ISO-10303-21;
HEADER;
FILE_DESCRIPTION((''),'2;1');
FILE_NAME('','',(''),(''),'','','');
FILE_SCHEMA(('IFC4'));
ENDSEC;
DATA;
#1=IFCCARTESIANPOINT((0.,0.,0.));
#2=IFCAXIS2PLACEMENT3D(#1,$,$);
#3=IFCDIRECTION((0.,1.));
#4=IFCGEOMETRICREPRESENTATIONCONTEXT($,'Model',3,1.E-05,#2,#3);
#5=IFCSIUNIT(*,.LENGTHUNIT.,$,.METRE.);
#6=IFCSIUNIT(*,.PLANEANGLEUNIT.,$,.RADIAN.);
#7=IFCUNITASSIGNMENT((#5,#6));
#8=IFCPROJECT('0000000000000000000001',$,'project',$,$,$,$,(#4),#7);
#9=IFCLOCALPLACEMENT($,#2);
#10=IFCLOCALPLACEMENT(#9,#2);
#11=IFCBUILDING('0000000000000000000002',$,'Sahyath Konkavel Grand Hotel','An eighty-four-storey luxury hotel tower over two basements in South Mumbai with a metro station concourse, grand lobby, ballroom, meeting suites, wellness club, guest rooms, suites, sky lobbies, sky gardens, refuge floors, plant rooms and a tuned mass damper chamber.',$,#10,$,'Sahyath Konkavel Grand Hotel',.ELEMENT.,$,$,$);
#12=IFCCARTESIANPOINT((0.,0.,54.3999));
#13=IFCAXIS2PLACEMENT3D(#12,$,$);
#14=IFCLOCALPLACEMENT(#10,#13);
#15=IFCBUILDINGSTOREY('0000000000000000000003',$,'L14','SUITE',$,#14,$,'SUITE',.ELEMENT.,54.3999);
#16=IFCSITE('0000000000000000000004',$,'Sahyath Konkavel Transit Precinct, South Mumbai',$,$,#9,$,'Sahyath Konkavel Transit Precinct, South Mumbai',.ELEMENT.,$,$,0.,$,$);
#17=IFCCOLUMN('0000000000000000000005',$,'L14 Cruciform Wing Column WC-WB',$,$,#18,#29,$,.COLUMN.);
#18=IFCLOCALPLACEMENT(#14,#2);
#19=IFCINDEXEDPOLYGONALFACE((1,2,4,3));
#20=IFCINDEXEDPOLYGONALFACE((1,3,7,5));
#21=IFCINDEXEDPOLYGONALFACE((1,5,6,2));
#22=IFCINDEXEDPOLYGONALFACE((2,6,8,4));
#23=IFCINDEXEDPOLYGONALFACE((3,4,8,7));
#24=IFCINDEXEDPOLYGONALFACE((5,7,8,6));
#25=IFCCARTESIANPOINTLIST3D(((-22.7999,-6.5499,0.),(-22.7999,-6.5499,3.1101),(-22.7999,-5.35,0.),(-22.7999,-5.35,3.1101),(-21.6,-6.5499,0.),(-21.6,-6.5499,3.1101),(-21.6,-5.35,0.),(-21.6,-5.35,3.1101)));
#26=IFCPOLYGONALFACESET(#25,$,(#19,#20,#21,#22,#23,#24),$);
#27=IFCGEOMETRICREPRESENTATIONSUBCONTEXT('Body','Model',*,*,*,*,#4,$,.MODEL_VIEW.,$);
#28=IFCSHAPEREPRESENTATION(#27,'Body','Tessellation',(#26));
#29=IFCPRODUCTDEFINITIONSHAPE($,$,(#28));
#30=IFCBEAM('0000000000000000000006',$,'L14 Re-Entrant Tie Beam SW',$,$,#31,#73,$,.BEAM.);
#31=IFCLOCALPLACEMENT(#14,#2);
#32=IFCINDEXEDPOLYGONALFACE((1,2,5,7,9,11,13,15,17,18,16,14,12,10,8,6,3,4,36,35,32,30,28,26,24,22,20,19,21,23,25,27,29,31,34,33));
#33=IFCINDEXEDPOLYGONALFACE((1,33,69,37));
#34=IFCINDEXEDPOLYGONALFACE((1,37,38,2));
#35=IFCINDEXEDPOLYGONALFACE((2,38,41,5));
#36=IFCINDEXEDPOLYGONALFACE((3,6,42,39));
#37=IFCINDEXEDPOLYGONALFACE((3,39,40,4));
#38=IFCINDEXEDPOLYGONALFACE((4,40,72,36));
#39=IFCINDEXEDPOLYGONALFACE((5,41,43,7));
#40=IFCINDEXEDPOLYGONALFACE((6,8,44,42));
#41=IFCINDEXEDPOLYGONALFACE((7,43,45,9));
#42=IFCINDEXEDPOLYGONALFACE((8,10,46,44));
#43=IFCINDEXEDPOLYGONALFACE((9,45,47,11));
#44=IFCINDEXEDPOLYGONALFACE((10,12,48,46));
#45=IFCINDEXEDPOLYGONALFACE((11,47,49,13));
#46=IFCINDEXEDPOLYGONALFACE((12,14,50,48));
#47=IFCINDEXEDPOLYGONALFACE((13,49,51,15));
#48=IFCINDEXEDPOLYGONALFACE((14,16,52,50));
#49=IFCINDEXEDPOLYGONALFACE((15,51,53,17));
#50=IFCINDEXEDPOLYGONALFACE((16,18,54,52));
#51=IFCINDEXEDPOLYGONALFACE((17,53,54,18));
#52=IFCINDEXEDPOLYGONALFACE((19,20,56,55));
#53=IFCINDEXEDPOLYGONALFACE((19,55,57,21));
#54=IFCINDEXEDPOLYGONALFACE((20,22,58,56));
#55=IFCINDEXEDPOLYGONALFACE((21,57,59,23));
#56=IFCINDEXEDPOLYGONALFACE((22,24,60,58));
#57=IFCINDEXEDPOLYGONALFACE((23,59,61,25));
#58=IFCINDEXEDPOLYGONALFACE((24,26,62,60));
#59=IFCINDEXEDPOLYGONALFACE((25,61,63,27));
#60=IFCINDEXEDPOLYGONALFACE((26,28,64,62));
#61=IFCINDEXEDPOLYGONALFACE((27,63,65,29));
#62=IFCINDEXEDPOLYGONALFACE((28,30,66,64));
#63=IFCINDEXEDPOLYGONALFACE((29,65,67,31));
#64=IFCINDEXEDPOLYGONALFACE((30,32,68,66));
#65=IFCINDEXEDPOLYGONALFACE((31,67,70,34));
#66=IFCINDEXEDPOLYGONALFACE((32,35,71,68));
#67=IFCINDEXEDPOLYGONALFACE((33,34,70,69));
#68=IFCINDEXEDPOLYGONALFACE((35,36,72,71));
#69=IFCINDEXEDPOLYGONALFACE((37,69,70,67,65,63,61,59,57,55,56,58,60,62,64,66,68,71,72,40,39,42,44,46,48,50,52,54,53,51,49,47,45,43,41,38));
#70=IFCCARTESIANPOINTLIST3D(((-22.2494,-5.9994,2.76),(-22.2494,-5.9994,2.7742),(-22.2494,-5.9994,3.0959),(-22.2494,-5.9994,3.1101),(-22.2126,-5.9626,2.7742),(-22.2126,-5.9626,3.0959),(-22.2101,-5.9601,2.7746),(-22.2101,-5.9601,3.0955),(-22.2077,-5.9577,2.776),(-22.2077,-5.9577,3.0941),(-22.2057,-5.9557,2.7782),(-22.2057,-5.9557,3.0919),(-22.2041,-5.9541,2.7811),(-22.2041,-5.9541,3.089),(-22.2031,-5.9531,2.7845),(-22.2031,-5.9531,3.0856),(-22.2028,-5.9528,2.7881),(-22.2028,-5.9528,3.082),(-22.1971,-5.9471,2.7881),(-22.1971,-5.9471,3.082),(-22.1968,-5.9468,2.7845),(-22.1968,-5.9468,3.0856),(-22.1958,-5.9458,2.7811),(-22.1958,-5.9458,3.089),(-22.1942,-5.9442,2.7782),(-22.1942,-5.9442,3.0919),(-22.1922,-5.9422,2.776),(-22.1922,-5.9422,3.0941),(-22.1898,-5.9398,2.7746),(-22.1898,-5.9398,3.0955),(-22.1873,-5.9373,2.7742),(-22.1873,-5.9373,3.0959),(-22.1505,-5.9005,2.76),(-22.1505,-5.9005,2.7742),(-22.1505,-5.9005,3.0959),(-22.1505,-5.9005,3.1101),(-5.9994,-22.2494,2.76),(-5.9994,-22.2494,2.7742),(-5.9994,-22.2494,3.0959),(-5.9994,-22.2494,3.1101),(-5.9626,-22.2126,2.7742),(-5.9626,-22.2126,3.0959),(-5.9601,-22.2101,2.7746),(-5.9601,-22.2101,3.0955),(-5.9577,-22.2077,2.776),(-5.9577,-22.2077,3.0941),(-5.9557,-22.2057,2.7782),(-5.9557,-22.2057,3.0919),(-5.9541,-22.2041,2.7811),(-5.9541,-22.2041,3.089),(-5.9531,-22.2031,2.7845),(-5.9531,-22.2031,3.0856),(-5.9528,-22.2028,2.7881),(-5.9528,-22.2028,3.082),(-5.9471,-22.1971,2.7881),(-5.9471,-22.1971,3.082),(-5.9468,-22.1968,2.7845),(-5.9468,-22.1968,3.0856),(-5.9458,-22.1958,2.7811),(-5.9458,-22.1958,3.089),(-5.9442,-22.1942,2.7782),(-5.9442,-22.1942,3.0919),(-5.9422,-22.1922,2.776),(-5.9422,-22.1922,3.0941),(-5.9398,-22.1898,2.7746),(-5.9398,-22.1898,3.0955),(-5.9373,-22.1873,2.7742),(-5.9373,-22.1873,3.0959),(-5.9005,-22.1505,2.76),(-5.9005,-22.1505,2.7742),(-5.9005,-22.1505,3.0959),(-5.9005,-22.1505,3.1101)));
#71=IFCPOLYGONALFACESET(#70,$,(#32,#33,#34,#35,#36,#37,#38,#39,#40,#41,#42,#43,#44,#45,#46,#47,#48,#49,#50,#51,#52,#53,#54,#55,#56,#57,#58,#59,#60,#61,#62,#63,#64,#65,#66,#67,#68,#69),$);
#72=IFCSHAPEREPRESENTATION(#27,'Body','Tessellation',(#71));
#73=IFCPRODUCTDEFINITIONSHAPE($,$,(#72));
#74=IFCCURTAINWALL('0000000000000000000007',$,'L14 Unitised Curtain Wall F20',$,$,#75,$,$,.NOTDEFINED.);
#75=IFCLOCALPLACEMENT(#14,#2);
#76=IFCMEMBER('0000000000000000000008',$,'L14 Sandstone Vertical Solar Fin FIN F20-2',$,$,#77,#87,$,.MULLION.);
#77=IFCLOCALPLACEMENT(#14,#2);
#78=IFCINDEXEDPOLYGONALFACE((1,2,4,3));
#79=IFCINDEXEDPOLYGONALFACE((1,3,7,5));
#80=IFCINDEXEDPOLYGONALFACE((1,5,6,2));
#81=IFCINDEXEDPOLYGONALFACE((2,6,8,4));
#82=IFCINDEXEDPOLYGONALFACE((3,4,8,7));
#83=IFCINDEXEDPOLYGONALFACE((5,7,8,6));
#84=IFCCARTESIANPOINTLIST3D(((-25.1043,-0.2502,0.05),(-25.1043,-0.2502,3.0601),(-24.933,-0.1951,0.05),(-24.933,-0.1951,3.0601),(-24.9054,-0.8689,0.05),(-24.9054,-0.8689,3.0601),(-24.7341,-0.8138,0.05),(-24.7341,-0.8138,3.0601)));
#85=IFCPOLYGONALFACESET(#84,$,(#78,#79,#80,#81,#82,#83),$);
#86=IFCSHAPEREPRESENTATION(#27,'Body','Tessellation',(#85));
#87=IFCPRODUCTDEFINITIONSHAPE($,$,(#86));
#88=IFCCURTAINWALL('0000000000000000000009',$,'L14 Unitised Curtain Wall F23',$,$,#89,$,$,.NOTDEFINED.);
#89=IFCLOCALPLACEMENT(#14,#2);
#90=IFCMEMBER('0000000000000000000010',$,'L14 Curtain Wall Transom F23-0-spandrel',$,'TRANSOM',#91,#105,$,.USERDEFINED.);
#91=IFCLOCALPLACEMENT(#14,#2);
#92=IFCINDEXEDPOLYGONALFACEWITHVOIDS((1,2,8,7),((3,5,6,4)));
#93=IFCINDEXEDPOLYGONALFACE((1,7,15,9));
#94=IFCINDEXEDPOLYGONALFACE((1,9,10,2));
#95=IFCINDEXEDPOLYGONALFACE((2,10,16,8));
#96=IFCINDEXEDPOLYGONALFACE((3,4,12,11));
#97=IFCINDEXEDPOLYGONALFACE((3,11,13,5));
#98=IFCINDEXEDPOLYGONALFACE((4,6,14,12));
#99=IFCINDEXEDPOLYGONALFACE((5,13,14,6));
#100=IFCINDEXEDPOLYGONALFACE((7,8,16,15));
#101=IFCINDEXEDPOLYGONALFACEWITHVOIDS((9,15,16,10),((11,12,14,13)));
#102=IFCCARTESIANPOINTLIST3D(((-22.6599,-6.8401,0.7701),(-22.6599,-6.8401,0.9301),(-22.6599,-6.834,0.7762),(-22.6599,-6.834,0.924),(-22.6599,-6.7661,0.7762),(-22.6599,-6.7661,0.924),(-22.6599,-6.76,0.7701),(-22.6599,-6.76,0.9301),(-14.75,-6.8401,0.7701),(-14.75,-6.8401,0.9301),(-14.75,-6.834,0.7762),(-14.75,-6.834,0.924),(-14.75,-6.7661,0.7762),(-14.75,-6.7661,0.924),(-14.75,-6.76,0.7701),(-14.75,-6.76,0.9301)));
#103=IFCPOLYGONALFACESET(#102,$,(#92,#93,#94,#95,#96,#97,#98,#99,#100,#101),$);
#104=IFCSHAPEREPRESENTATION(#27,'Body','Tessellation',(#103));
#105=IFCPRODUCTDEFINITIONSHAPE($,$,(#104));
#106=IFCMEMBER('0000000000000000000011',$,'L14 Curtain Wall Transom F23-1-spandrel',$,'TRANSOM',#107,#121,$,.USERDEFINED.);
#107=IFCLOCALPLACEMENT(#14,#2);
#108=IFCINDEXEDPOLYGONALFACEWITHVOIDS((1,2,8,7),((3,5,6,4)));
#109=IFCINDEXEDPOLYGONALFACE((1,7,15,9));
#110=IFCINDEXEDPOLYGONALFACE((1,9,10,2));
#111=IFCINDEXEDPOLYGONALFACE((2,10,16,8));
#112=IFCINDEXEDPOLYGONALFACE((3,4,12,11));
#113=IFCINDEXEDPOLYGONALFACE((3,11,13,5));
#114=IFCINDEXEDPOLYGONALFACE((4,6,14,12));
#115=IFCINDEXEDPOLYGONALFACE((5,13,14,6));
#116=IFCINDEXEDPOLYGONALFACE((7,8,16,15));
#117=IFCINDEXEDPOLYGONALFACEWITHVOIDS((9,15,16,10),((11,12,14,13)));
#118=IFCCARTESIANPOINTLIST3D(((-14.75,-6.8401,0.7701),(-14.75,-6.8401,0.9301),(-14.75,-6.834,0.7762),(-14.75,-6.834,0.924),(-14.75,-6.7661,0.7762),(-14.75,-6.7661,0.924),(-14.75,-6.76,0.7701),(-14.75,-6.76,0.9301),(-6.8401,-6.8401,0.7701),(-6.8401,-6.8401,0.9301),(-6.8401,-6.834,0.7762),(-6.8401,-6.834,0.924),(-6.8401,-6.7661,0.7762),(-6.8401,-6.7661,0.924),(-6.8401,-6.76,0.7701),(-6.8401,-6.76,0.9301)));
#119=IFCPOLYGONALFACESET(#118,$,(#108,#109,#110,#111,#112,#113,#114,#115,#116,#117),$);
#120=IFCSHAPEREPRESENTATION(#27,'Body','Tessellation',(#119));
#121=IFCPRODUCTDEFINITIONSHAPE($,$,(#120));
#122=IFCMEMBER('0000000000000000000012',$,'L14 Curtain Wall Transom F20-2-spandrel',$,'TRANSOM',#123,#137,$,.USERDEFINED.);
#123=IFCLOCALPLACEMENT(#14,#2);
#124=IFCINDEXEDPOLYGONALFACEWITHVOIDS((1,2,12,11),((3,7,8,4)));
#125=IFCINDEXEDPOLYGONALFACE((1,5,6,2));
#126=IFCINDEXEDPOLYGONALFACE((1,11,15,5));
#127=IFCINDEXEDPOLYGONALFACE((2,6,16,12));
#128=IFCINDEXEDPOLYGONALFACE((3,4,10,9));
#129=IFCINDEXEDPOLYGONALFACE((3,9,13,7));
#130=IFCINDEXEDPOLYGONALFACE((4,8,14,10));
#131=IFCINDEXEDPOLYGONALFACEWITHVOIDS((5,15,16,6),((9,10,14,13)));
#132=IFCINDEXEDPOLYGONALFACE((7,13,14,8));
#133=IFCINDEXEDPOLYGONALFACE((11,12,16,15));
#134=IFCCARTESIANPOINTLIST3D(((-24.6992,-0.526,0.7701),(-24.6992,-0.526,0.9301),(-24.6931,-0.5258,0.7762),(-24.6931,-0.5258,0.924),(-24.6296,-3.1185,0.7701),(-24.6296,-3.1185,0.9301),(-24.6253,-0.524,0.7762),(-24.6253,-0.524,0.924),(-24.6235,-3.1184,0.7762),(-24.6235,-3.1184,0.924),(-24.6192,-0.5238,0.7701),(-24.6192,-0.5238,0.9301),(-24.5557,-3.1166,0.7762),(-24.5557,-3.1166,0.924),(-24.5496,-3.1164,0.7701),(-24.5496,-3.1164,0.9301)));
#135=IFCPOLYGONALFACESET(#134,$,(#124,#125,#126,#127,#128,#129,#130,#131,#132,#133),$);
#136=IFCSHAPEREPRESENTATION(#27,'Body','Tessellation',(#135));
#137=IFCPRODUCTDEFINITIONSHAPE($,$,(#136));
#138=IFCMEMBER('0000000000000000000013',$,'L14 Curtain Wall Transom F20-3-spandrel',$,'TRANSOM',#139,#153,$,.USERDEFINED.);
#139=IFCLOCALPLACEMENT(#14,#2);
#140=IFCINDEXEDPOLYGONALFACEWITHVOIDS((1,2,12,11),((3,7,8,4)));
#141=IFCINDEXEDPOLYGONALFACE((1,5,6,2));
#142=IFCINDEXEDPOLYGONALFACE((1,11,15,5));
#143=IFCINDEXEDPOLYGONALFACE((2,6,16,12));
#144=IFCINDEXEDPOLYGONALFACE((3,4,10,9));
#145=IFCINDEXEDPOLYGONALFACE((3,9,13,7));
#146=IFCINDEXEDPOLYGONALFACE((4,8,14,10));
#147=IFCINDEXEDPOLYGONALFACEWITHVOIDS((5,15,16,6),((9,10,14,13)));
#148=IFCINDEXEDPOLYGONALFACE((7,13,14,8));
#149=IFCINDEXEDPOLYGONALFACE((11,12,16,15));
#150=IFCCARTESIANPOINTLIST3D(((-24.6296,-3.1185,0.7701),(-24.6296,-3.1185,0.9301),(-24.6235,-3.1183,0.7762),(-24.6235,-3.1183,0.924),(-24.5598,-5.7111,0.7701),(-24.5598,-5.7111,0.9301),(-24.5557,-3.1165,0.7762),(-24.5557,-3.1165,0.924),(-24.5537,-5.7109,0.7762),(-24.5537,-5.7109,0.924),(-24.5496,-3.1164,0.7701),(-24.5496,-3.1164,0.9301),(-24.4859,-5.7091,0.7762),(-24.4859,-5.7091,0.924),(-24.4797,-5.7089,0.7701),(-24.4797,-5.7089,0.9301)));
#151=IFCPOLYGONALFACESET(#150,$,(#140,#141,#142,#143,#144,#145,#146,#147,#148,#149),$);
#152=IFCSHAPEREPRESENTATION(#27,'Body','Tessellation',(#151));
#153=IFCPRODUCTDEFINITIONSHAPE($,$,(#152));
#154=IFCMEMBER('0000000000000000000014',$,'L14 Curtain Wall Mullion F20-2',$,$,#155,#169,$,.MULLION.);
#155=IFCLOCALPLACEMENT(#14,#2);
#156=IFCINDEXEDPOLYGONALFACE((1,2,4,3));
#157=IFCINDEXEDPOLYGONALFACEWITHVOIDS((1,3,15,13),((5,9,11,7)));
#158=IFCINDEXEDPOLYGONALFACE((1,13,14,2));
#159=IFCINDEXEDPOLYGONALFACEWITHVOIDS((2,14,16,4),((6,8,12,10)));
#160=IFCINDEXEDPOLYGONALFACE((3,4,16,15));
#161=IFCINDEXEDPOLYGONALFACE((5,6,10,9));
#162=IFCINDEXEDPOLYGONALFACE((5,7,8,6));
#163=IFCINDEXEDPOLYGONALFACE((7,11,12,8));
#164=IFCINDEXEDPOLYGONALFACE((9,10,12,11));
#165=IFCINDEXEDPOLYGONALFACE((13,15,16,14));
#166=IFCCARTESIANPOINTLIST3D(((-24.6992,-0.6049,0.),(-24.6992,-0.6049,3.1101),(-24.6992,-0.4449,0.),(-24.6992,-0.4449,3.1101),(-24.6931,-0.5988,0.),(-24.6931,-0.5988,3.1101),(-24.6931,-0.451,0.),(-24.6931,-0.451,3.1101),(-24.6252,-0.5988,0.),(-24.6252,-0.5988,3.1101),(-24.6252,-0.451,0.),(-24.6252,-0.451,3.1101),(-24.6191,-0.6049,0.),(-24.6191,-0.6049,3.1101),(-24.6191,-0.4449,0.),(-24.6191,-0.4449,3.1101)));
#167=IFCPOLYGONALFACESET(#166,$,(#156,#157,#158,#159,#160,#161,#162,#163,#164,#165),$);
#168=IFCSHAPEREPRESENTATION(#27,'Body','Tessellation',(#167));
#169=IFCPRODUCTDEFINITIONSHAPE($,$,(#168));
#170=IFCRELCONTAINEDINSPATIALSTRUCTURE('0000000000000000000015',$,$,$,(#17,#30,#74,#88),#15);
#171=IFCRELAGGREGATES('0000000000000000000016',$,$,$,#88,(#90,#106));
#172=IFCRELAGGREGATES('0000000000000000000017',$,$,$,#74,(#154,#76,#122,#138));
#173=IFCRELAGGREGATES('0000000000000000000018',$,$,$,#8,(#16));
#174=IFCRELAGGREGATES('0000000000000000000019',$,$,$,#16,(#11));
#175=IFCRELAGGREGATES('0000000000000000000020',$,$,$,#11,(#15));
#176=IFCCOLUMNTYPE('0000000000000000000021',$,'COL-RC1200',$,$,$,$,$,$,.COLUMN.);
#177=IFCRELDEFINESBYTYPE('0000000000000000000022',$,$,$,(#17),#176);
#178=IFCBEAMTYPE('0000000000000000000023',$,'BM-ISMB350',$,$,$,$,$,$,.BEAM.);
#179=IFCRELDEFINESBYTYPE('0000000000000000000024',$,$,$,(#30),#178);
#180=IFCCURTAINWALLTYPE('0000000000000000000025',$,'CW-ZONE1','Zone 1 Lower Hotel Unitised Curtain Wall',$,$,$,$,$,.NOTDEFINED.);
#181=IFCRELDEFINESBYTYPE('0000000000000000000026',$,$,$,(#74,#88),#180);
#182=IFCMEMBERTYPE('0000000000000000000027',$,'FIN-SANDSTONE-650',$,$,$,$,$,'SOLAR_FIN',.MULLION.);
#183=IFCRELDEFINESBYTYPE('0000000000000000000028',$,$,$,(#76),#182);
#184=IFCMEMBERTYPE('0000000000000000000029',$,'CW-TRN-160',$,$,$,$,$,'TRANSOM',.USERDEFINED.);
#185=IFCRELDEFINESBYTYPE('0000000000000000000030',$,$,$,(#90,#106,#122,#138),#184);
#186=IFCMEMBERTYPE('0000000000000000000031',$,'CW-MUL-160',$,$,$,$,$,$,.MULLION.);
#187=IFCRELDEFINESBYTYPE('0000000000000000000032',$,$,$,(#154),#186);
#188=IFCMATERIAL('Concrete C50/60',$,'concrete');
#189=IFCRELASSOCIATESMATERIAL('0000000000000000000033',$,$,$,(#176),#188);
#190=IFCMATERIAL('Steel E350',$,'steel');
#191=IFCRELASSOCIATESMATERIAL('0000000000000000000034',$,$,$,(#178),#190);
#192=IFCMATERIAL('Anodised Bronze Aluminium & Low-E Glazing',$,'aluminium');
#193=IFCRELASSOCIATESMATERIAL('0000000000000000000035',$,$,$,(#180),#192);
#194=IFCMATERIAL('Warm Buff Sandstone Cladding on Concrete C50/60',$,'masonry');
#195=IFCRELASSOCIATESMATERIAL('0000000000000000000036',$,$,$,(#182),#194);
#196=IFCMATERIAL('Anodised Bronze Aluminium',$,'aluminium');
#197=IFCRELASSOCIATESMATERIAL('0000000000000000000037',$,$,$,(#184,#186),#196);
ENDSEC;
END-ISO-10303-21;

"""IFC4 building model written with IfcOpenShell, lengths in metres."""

from ifc_helpers import new_model, si_unit, direction, frame, origin, origin_2d, place, context, subcontext, project, spatial, rectangle, hollow_rectangle, i_section, extrude, source, transform, mapped, material, material_profile, profile_set, type_object, element, aggregate, save


model = new_model("IFC4")

# Units and contexts
model_context = context("Model", 3, precision=1e-05, world=origin(), true_north=direction((0.0, 1.0)))
body_context = subcontext(model_context, "Body", "Model", "MODEL_VIEW")
ifc_project = project(units=[si_unit("LENGTHUNIT", "METRE"), si_unit("PLANEANGLEUNIT", "RADIAN")], contexts=[model_context])

# Site, building, storey
site_placement = place(None, origin())
site = spatial("IfcSite", under=ifc_project, at=site_placement, Name="Sahyath Konkavel Transit Precinct, South Mumbai", LongName="Sahyath Konkavel Transit Precinct, South Mumbai", CompositionType="ELEMENT", RefElevation=0.0)
building_placement = place(site_placement, origin())
building = spatial("IfcBuilding", under=site, at=building_placement, Name="Sahyath Konkavel Grand Hotel", Description="An eighty-four-storey luxury hotel tower over two basements in South Mumbai with a metro station concourse, grand lobby, ballroom, meeting suites, wellness club, guest rooms, suites, sky lobbies, sky gardens, refuge floors, plant rooms and a tuned mass damper chamber.", LongName="Sahyath Konkavel Grand Hotel", CompositionType="ELEMENT")
storey_placement = place(building_placement, frame((0.0, 0.0, 54.3999)))
storey = spatial("IfcBuildingStorey", under=building, at=storey_placement, Name="L14", Description="SUITE", LongName="SUITE", CompositionType="ELEMENT", Elevation=54.3999)

# Column
ifc_material_1 = material(Name="Concrete C50/60", Category="concrete")
ifc_material_profile_1 = material_profile(ifc_material_1, rectangle(XDim=1.2, YDim=1.2, at=origin_2d()), Name="RC 1200x1200")
ifc_profile_set_1 = profile_set([ifc_material_profile_1], Name="Concrete C50/60")
column_type = type_object("IfcColumnType", Name="COL-RC1200", PredefinedType="COLUMN", material=ifc_profile_set_1)
shared_shape_1 = source(origin(), body_context, "Body", "SweptSolid", [
    extrude(rectangle(XDim=1.2, YDim=1.2, at=origin_2d()), origin(), (0.0, 0.0, 1.0), 3.1101),
])
column_placement = place(storey_placement, frame((-22.2, -5.95, 0.0), z_axis=(0.0, 0.0, 1.0), x_axis=(1.0, 0.0, 0.0)))
element("IfcColumn", 1, at=column_placement, inside=storey, type_object=column_type, Name="L14 Cruciform Wing Column WC-WB", PredefinedType="COLUMN", context=body_context, shape_type="MappedRepresentation", body=[
    mapped(shared_shape_1, transform((0.0, 0.0, 0.0), scale=1.0)),
])

# Beam
ifc_material_2 = material(Name="Steel E350", Category="steel")
ifc_material_profile_2 = material_profile(ifc_material_2, i_section(OverallWidth=0.1399, OverallDepth=0.3501, WebThickness=0.0081, FlangeThickness=0.0142, FilletRadius=0.0139, at=origin_2d()), Name="ISMB 350")
ifc_profile_set_2 = profile_set([ifc_material_profile_2], Name="Steel E350")
beam_type = type_object("IfcBeamType", Name="BM-ISMB350", PredefinedType="BEAM", material=ifc_profile_set_2)
shared_shape_2 = source(origin(), body_context, "Body", "SweptSolid", [
    extrude(i_section(OverallWidth=0.1399, OverallDepth=0.3501, WebThickness=0.0081, FlangeThickness=0.0142, FilletRadius=0.0139, at=origin_2d()), origin(), (0.0, 0.0, 1.0), 22.981),
])
beam_placement = place(storey_placement, frame((-22.2, -5.95, 2.9351), z_axis=(0.707107, -0.707107, 0.0), x_axis=(0.707107, 0.707107, 0.0)))
element("IfcBeam", 2, at=beam_placement, inside=storey, type_object=beam_type, Name="L14 Re-Entrant Tie Beam SW", PredefinedType="BEAM", context=body_context, shape_type="MappedRepresentation", body=[
    mapped(shared_shape_2, transform((0.0, 0.0, 0.0), scale=1.0)),
])

# Curtain wall, member
ifc_material_3 = material(Name="Anodised Bronze Aluminium & Low-E Glazing", Category="aluminium")
curtain_wall_type = type_object("IfcCurtainWallType", Name="CW-ZONE1", Description="Zone 1 Lower Hotel Unitised Curtain Wall", PredefinedType="NOTDEFINED", material=ifc_material_3)
curtain_wall_1_placement = place(storey_placement, origin())
curtain_wall_1 = element("IfcCurtainWall", 3, at=curtain_wall_1_placement, inside=storey, type_object=curtain_wall_type, Name="L14 Unitised Curtain Wall F20", PredefinedType="NOTDEFINED")
ifc_material_4 = material(Name="Warm Buff Sandstone Cladding on Concrete C50/60", Category="masonry")
ifc_material_profile_3 = material_profile(ifc_material_4, rectangle(XDim=0.1799, YDim=0.6499, at=origin_2d()), Name="FIN 180x650")
ifc_profile_set_3 = profile_set([ifc_material_profile_3], Name="Warm Buff Sandstone Cladding on Concrete C50/60")
member_type_1 = type_object("IfcMemberType", Name="FIN-SANDSTONE-650", ElementType="SOLAR_FIN", PredefinedType="MULLION", material=ifc_profile_set_3)
shared_shape_3 = source(origin(), body_context, "Body", "SweptSolid", [
    extrude(rectangle(XDim=0.1799, YDim=0.6499, at=origin_2d()), origin(), (0.0, 0.0, 1.0), 3.01),
])
member_1_placement = place(storey_placement, frame((-24.9192, -0.532, 0.05), z_axis=(0.0, 0.0, 1.0), x_axis=(0.952023, 0.306028, 0.0)))
member_1 = element("IfcMember", 4, at=member_1_placement, type_object=member_type_1, Name="L14 Sandstone Vertical Solar Fin FIN F20-2", PredefinedType="MULLION", context=body_context, shape_type="MappedRepresentation", body=[
    mapped(shared_shape_3, transform((0.0, 0.0, 0.0), scale=1.0)),
])

# Curtain wall, members
curtain_wall_2_placement = place(storey_placement, origin())
curtain_wall_2 = element("IfcCurtainWall", 5, at=curtain_wall_2_placement, inside=storey, type_object=curtain_wall_type, Name="L14 Unitised Curtain Wall F23", PredefinedType="NOTDEFINED")
ifc_material_5 = material(Name="Anodised Bronze Aluminium", Category="aluminium")
ifc_material_profile_4 = material_profile(ifc_material_5, hollow_rectangle(XDim=0.0801, YDim=0.1599, WallThickness=0.0061, at=origin_2d()), Name="RHS 160x80x6")
ifc_profile_set_4 = profile_set([ifc_material_profile_4], Name="Anodised Bronze Aluminium")
member_type_2 = type_object("IfcMemberType", Name="CW-TRN-160", ElementType="TRANSOM", PredefinedType="USERDEFINED", material=ifc_profile_set_4)
shared_shape_4 = source(origin(), body_context, "Body", "SweptSolid", [
    extrude(hollow_rectangle(XDim=0.0801, YDim=0.1599, WallThickness=0.0061, at=origin_2d()), origin(), (0.0, 0.0, 1.0), 7.9099),
])
member_2_placement = place(storey_placement, frame((-22.6599, -6.8, 0.8501), z_axis=(1.0, 0.0, 0.0), x_axis=(0.0, 1.0, 0.0)))
member_2 = element("IfcMember", 6, at=member_2_placement, type_object=member_type_2, Name="L14 Curtain Wall Transom F23-0-spandrel", ObjectType="TRANSOM", PredefinedType="USERDEFINED", context=body_context, shape_type="MappedRepresentation", body=[
    mapped(shared_shape_4, transform((0.0, 0.0, 0.0), scale=1.0)),
])
member_3_placement = place(storey_placement, frame((-14.75, -6.8, 0.8501), z_axis=(1.0, 0.0, 0.0), x_axis=(0.0, 1.0, 0.0)))
member_3 = element("IfcMember", 7, at=member_3_placement, type_object=member_type_2, Name="L14 Curtain Wall Transom F23-1-spandrel", ObjectType="TRANSOM", PredefinedType="USERDEFINED", context=body_context, shape_type="MappedRepresentation", body=[
    mapped(shared_shape_4, transform((0.0, 0.0, 0.0), scale=1.0)),
])

# Members
shared_shape_5 = source(origin(), body_context, "Body", "SweptSolid", [
    extrude(hollow_rectangle(XDim=0.0801, YDim=0.1599, WallThickness=0.0061, at=origin_2d()), origin(), (0.0, 0.0, 1.0), 2.5935),
])
member_4_placement = place(storey_placement, frame((-24.6592, -0.5249, 0.8501), z_axis=(0.026829, -0.99964, 0.0), x_axis=(0.99964, 0.026829, 0.0)))
member_4 = element("IfcMember", 8, at=member_4_placement, type_object=member_type_2, Name="L14 Curtain Wall Transom F20-2-spandrel", ObjectType="TRANSOM", PredefinedType="USERDEFINED", context=body_context, shape_type="MappedRepresentation", body=[
    mapped(shared_shape_5, transform((0.0, 0.0, 0.0), scale=1.0)),
])
member_5_placement = place(storey_placement, frame((-24.5896, -3.1174, 0.8501), z_axis=(0.026923, -0.999638, 0.0), x_axis=(0.999638, 0.026923, 0.0)))
member_5 = element("IfcMember", 9, at=member_5_placement, type_object=member_type_2, Name="L14 Curtain Wall Transom F20-3-spandrel", ObjectType="TRANSOM", PredefinedType="USERDEFINED", context=body_context, shape_type="MappedRepresentation", body=[
    mapped(shared_shape_5, transform((0.0, 0.0, 0.0), scale=1.0)),
])
ifc_material_profile_5 = material_profile(ifc_material_5, hollow_rectangle(XDim=0.0801, YDim=0.1599, WallThickness=0.0061, at=origin_2d()), Name="RHS 160x80x6")
ifc_profile_set_5 = profile_set([ifc_material_profile_5], Name="Anodised Bronze Aluminium")
member_type_3 = type_object("IfcMemberType", Name="CW-MUL-160", PredefinedType="MULLION", material=ifc_profile_set_5)
shared_shape_6 = source(origin(), body_context, "Body", "SweptSolid", [
    extrude(hollow_rectangle(XDim=0.0801, YDim=0.1599, WallThickness=0.0061, at=origin_2d()), origin(), (0.0, 0.0, 1.0), 3.1101),
])
member_6_placement = place(storey_placement, frame((-24.6592, -0.5249, 0.0), z_axis=(0.0, 0.0, 1.0), x_axis=(1.0, 0.0, 0.0)))
member_6 = element("IfcMember", 10, at=member_6_placement, type_object=member_type_3, Name="L14 Curtain Wall Mullion F20-2", PredefinedType="MULLION", context=body_context, shape_type="MappedRepresentation", body=[
    mapped(shared_shape_6, transform((0.0, 0.0, 0.0), scale=1.0)),
])

aggregate(curtain_wall_2, [member_2, member_3])
aggregate(curtain_wall_1, [member_6, member_1, member_4, member_5])

save(model, "model.ifc")
